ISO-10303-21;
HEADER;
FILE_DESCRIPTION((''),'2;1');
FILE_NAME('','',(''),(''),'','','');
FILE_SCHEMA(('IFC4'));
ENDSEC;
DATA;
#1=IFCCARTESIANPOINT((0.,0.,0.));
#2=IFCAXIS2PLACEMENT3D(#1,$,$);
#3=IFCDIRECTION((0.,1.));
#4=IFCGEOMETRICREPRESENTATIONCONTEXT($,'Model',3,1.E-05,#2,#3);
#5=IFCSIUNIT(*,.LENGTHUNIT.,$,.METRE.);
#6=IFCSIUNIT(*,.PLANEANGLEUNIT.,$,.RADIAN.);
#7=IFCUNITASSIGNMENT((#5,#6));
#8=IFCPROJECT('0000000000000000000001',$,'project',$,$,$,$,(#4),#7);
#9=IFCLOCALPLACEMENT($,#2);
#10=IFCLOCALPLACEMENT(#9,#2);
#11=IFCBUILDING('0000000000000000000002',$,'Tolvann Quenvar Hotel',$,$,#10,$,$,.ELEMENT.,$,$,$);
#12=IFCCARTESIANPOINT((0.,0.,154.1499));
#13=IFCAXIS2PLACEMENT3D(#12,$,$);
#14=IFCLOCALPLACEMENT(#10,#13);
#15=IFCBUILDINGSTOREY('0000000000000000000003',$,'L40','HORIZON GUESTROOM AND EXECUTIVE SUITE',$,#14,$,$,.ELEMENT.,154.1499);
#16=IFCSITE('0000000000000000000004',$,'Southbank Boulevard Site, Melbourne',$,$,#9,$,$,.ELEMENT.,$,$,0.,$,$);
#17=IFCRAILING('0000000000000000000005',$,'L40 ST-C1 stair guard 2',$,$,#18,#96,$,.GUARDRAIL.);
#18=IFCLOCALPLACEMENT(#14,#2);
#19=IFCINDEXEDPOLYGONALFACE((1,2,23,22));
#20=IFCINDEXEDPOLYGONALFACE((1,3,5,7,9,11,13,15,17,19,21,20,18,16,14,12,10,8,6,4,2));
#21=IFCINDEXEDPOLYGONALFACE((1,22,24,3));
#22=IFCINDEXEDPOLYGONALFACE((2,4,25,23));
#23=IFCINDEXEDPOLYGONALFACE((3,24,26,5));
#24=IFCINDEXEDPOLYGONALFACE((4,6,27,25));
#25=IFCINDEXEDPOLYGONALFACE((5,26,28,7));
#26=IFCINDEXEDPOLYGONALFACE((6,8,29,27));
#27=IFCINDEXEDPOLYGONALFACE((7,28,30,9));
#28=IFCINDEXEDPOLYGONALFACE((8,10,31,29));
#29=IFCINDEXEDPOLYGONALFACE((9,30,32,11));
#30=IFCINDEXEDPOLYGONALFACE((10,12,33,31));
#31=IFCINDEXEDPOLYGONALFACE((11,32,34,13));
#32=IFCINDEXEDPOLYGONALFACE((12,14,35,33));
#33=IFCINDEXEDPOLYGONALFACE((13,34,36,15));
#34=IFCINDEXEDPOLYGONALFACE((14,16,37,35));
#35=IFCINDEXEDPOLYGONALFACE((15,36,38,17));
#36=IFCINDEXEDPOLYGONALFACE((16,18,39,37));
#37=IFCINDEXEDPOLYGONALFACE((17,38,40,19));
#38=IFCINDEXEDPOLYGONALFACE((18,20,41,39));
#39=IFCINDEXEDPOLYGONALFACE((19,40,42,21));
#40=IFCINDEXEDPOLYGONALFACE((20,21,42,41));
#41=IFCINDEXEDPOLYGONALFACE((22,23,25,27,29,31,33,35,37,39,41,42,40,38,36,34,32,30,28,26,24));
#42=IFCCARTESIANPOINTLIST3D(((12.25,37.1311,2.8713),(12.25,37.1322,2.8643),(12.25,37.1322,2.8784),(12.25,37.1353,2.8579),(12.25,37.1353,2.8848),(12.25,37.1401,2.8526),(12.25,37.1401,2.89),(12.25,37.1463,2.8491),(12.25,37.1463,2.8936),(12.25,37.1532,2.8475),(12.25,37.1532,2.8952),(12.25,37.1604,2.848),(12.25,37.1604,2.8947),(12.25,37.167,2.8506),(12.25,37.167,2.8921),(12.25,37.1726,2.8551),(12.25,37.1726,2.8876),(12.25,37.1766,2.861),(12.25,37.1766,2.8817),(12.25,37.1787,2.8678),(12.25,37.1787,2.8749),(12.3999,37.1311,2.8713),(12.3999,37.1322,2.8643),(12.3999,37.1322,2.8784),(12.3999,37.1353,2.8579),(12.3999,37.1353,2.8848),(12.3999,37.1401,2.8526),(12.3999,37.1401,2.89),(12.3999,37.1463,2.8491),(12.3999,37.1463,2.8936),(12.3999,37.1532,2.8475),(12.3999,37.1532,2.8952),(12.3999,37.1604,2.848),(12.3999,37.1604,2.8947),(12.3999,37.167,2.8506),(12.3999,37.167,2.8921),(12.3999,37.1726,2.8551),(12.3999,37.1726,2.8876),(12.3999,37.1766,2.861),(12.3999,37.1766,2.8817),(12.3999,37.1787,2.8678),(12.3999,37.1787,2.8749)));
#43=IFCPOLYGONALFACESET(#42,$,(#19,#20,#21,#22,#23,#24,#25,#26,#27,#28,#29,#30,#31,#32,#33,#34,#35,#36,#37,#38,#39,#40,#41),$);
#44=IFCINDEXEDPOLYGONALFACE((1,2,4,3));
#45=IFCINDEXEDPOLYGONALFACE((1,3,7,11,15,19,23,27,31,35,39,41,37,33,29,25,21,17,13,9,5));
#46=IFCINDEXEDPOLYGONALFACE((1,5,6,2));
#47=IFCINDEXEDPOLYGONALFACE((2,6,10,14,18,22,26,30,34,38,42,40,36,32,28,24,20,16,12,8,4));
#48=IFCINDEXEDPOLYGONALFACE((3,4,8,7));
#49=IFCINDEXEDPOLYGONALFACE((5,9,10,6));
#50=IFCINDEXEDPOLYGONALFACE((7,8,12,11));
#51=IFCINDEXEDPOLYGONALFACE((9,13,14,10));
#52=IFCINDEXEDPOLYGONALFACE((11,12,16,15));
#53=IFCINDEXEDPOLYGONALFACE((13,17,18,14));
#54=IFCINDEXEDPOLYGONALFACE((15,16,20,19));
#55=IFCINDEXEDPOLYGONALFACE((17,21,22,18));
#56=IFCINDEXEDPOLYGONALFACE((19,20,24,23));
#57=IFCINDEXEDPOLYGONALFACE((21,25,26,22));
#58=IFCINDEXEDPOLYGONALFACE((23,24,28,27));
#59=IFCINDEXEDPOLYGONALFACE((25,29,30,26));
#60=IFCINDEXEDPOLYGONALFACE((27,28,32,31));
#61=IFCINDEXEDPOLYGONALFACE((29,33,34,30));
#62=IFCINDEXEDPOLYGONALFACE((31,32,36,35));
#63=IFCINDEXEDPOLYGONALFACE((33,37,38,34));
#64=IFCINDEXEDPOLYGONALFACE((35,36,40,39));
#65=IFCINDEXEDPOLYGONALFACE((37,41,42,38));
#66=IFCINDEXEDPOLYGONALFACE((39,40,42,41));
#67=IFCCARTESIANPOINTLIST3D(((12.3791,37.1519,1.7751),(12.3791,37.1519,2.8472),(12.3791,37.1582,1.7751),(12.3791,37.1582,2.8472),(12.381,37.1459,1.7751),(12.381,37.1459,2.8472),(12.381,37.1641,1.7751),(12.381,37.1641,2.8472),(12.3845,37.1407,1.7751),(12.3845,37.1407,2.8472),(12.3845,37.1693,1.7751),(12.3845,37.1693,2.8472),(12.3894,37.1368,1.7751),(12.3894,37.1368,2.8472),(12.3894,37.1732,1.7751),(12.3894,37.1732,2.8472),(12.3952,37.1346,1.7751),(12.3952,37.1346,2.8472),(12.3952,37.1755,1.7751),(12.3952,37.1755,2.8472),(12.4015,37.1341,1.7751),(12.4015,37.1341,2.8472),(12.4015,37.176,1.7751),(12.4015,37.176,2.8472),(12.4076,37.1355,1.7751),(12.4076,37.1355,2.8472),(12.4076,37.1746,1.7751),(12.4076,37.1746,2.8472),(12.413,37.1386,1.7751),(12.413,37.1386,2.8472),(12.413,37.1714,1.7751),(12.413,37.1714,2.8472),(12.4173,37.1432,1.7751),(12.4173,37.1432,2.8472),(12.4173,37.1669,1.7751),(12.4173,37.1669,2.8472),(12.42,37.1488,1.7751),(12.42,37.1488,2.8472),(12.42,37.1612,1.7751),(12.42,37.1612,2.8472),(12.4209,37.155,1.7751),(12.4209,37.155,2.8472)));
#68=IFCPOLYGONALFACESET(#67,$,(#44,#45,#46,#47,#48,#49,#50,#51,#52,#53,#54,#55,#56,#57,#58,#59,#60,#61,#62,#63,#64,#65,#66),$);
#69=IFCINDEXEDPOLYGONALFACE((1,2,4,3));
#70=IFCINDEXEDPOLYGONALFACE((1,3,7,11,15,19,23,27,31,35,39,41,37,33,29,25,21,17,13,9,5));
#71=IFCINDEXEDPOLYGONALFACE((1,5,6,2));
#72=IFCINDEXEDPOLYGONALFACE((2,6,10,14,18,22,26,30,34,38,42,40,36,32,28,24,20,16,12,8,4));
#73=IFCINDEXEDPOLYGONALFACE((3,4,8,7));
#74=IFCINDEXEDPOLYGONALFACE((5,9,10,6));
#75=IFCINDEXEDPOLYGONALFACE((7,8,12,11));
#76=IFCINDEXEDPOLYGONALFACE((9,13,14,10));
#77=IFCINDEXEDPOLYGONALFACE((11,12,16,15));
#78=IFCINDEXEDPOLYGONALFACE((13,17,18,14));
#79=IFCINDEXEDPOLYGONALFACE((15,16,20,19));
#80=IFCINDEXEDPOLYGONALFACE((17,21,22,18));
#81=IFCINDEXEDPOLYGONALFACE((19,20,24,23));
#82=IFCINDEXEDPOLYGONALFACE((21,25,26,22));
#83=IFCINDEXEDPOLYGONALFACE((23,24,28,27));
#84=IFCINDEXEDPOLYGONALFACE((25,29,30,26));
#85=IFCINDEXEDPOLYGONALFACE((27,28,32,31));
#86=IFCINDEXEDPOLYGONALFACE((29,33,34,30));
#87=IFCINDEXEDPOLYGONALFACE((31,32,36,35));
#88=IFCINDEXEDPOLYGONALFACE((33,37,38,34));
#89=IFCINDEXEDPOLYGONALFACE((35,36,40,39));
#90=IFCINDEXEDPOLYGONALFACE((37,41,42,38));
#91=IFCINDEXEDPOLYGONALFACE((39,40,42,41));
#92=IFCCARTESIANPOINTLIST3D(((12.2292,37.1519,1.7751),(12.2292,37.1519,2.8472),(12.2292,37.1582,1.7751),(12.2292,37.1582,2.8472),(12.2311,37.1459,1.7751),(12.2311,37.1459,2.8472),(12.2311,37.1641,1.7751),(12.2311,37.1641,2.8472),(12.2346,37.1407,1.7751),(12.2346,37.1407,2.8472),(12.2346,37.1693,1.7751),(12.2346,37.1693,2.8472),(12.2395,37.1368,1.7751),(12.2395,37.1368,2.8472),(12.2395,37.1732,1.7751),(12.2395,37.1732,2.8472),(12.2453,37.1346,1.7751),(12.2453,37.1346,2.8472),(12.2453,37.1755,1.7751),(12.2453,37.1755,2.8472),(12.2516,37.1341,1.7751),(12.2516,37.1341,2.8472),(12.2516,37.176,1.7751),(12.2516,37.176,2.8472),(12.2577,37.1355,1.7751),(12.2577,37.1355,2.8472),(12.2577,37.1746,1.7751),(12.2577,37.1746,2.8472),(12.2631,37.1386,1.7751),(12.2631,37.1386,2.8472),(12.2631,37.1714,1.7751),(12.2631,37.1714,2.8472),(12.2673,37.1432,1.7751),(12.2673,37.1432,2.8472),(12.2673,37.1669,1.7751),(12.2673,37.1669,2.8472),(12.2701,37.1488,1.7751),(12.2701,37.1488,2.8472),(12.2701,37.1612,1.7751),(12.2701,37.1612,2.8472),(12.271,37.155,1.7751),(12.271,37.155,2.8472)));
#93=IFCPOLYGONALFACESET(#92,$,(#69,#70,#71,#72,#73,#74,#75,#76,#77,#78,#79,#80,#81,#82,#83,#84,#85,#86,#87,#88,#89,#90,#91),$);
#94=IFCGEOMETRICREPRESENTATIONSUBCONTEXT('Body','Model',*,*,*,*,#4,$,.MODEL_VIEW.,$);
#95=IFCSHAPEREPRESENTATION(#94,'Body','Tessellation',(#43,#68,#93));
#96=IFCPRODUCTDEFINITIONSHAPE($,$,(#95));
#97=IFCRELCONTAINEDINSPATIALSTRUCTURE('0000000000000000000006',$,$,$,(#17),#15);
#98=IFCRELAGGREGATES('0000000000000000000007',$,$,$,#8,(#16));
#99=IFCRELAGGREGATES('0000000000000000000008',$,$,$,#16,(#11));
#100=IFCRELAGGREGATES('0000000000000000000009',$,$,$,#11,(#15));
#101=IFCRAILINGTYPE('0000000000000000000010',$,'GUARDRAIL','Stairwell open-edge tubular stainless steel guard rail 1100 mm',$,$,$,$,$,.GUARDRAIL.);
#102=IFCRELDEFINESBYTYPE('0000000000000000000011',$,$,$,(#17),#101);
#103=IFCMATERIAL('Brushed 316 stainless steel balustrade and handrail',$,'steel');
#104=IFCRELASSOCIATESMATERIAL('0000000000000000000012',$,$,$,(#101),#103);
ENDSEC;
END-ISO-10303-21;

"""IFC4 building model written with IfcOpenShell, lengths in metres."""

from ifc_helpers import new_model, si_unit, direction, frame, origin, origin_2d, place, context, subcontext, project, spatial, circle, extrude, material, type_object, element, save


model = new_model("IFC4")

# Units and contexts
model_context = context("Model", 3, precision=1e-05, world=origin(), true_north=direction((0.0, 1.0)))
body_context = subcontext(model_context, "Body", "Model", "MODEL_VIEW")
ifc_project = project(units=[si_unit("LENGTHUNIT", "METRE"), si_unit("PLANEANGLEUNIT", "RADIAN")], contexts=[model_context])

# Site, building, storey
site_placement = place(None, origin())
site = spatial("IfcSite", under=ifc_project, at=site_placement, Name="Southbank Boulevard Site, Melbourne", CompositionType="ELEMENT", RefElevation=0.0)
building_placement = place(site_placement, origin())
building = spatial("IfcBuilding", under=site, at=building_placement, Name="Tolvann Quenvar Hotel", CompositionType="ELEMENT")
storey_placement = place(building_placement, frame((0.0, 0.0, 154.1499)))
storey = spatial("IfcBuildingStorey", under=building, at=storey_placement, Name="L40", Description="HORIZON GUESTROOM AND EXECUTIVE SUITE", CompositionType="ELEMENT", Elevation=154.1499)

# Railing
ifc_material_1 = material(Name="Brushed 316 stainless steel balustrade and handrail", Category="steel")
railing_type_1 = type_object("IfcRailingType", Name="GUARDRAIL", Description="Stairwell open-edge tubular stainless steel guard rail 1100 mm", PredefinedType="GUARDRAIL", material=ifc_material_1)
railing_1_placement = place(storey_placement, frame((12.3999, 37.155, 1.7751)))
element("IfcRailing", 1, at=railing_1_placement, inside=storey, type_object=railing_type_1, Name="L40 ST-C1 stair guard 2", PredefinedType="GUARDRAIL", context=body_context, shape_type="SweptSolid", body=[
    extrude(circle(Radius=0.0239, at=origin_2d()), frame((0.0, 0.0, 1.0962), z_axis=(-1.0, 0.0, 0.0), x_axis=(0.0, -1.0, 0.0)), (0.0, 0.0, 1.0), 0.1499),
    extrude(circle(Radius=0.021, at=origin_2d()), origin(), (0.0, 0.0, 1.0), 1.072),
    extrude(circle(Radius=0.021, at=origin_2d()), frame((-0.1499, 0.0, 0.0)), (0.0, 0.0, 1.0), 1.072),
])

save(model, "model.ifc")
